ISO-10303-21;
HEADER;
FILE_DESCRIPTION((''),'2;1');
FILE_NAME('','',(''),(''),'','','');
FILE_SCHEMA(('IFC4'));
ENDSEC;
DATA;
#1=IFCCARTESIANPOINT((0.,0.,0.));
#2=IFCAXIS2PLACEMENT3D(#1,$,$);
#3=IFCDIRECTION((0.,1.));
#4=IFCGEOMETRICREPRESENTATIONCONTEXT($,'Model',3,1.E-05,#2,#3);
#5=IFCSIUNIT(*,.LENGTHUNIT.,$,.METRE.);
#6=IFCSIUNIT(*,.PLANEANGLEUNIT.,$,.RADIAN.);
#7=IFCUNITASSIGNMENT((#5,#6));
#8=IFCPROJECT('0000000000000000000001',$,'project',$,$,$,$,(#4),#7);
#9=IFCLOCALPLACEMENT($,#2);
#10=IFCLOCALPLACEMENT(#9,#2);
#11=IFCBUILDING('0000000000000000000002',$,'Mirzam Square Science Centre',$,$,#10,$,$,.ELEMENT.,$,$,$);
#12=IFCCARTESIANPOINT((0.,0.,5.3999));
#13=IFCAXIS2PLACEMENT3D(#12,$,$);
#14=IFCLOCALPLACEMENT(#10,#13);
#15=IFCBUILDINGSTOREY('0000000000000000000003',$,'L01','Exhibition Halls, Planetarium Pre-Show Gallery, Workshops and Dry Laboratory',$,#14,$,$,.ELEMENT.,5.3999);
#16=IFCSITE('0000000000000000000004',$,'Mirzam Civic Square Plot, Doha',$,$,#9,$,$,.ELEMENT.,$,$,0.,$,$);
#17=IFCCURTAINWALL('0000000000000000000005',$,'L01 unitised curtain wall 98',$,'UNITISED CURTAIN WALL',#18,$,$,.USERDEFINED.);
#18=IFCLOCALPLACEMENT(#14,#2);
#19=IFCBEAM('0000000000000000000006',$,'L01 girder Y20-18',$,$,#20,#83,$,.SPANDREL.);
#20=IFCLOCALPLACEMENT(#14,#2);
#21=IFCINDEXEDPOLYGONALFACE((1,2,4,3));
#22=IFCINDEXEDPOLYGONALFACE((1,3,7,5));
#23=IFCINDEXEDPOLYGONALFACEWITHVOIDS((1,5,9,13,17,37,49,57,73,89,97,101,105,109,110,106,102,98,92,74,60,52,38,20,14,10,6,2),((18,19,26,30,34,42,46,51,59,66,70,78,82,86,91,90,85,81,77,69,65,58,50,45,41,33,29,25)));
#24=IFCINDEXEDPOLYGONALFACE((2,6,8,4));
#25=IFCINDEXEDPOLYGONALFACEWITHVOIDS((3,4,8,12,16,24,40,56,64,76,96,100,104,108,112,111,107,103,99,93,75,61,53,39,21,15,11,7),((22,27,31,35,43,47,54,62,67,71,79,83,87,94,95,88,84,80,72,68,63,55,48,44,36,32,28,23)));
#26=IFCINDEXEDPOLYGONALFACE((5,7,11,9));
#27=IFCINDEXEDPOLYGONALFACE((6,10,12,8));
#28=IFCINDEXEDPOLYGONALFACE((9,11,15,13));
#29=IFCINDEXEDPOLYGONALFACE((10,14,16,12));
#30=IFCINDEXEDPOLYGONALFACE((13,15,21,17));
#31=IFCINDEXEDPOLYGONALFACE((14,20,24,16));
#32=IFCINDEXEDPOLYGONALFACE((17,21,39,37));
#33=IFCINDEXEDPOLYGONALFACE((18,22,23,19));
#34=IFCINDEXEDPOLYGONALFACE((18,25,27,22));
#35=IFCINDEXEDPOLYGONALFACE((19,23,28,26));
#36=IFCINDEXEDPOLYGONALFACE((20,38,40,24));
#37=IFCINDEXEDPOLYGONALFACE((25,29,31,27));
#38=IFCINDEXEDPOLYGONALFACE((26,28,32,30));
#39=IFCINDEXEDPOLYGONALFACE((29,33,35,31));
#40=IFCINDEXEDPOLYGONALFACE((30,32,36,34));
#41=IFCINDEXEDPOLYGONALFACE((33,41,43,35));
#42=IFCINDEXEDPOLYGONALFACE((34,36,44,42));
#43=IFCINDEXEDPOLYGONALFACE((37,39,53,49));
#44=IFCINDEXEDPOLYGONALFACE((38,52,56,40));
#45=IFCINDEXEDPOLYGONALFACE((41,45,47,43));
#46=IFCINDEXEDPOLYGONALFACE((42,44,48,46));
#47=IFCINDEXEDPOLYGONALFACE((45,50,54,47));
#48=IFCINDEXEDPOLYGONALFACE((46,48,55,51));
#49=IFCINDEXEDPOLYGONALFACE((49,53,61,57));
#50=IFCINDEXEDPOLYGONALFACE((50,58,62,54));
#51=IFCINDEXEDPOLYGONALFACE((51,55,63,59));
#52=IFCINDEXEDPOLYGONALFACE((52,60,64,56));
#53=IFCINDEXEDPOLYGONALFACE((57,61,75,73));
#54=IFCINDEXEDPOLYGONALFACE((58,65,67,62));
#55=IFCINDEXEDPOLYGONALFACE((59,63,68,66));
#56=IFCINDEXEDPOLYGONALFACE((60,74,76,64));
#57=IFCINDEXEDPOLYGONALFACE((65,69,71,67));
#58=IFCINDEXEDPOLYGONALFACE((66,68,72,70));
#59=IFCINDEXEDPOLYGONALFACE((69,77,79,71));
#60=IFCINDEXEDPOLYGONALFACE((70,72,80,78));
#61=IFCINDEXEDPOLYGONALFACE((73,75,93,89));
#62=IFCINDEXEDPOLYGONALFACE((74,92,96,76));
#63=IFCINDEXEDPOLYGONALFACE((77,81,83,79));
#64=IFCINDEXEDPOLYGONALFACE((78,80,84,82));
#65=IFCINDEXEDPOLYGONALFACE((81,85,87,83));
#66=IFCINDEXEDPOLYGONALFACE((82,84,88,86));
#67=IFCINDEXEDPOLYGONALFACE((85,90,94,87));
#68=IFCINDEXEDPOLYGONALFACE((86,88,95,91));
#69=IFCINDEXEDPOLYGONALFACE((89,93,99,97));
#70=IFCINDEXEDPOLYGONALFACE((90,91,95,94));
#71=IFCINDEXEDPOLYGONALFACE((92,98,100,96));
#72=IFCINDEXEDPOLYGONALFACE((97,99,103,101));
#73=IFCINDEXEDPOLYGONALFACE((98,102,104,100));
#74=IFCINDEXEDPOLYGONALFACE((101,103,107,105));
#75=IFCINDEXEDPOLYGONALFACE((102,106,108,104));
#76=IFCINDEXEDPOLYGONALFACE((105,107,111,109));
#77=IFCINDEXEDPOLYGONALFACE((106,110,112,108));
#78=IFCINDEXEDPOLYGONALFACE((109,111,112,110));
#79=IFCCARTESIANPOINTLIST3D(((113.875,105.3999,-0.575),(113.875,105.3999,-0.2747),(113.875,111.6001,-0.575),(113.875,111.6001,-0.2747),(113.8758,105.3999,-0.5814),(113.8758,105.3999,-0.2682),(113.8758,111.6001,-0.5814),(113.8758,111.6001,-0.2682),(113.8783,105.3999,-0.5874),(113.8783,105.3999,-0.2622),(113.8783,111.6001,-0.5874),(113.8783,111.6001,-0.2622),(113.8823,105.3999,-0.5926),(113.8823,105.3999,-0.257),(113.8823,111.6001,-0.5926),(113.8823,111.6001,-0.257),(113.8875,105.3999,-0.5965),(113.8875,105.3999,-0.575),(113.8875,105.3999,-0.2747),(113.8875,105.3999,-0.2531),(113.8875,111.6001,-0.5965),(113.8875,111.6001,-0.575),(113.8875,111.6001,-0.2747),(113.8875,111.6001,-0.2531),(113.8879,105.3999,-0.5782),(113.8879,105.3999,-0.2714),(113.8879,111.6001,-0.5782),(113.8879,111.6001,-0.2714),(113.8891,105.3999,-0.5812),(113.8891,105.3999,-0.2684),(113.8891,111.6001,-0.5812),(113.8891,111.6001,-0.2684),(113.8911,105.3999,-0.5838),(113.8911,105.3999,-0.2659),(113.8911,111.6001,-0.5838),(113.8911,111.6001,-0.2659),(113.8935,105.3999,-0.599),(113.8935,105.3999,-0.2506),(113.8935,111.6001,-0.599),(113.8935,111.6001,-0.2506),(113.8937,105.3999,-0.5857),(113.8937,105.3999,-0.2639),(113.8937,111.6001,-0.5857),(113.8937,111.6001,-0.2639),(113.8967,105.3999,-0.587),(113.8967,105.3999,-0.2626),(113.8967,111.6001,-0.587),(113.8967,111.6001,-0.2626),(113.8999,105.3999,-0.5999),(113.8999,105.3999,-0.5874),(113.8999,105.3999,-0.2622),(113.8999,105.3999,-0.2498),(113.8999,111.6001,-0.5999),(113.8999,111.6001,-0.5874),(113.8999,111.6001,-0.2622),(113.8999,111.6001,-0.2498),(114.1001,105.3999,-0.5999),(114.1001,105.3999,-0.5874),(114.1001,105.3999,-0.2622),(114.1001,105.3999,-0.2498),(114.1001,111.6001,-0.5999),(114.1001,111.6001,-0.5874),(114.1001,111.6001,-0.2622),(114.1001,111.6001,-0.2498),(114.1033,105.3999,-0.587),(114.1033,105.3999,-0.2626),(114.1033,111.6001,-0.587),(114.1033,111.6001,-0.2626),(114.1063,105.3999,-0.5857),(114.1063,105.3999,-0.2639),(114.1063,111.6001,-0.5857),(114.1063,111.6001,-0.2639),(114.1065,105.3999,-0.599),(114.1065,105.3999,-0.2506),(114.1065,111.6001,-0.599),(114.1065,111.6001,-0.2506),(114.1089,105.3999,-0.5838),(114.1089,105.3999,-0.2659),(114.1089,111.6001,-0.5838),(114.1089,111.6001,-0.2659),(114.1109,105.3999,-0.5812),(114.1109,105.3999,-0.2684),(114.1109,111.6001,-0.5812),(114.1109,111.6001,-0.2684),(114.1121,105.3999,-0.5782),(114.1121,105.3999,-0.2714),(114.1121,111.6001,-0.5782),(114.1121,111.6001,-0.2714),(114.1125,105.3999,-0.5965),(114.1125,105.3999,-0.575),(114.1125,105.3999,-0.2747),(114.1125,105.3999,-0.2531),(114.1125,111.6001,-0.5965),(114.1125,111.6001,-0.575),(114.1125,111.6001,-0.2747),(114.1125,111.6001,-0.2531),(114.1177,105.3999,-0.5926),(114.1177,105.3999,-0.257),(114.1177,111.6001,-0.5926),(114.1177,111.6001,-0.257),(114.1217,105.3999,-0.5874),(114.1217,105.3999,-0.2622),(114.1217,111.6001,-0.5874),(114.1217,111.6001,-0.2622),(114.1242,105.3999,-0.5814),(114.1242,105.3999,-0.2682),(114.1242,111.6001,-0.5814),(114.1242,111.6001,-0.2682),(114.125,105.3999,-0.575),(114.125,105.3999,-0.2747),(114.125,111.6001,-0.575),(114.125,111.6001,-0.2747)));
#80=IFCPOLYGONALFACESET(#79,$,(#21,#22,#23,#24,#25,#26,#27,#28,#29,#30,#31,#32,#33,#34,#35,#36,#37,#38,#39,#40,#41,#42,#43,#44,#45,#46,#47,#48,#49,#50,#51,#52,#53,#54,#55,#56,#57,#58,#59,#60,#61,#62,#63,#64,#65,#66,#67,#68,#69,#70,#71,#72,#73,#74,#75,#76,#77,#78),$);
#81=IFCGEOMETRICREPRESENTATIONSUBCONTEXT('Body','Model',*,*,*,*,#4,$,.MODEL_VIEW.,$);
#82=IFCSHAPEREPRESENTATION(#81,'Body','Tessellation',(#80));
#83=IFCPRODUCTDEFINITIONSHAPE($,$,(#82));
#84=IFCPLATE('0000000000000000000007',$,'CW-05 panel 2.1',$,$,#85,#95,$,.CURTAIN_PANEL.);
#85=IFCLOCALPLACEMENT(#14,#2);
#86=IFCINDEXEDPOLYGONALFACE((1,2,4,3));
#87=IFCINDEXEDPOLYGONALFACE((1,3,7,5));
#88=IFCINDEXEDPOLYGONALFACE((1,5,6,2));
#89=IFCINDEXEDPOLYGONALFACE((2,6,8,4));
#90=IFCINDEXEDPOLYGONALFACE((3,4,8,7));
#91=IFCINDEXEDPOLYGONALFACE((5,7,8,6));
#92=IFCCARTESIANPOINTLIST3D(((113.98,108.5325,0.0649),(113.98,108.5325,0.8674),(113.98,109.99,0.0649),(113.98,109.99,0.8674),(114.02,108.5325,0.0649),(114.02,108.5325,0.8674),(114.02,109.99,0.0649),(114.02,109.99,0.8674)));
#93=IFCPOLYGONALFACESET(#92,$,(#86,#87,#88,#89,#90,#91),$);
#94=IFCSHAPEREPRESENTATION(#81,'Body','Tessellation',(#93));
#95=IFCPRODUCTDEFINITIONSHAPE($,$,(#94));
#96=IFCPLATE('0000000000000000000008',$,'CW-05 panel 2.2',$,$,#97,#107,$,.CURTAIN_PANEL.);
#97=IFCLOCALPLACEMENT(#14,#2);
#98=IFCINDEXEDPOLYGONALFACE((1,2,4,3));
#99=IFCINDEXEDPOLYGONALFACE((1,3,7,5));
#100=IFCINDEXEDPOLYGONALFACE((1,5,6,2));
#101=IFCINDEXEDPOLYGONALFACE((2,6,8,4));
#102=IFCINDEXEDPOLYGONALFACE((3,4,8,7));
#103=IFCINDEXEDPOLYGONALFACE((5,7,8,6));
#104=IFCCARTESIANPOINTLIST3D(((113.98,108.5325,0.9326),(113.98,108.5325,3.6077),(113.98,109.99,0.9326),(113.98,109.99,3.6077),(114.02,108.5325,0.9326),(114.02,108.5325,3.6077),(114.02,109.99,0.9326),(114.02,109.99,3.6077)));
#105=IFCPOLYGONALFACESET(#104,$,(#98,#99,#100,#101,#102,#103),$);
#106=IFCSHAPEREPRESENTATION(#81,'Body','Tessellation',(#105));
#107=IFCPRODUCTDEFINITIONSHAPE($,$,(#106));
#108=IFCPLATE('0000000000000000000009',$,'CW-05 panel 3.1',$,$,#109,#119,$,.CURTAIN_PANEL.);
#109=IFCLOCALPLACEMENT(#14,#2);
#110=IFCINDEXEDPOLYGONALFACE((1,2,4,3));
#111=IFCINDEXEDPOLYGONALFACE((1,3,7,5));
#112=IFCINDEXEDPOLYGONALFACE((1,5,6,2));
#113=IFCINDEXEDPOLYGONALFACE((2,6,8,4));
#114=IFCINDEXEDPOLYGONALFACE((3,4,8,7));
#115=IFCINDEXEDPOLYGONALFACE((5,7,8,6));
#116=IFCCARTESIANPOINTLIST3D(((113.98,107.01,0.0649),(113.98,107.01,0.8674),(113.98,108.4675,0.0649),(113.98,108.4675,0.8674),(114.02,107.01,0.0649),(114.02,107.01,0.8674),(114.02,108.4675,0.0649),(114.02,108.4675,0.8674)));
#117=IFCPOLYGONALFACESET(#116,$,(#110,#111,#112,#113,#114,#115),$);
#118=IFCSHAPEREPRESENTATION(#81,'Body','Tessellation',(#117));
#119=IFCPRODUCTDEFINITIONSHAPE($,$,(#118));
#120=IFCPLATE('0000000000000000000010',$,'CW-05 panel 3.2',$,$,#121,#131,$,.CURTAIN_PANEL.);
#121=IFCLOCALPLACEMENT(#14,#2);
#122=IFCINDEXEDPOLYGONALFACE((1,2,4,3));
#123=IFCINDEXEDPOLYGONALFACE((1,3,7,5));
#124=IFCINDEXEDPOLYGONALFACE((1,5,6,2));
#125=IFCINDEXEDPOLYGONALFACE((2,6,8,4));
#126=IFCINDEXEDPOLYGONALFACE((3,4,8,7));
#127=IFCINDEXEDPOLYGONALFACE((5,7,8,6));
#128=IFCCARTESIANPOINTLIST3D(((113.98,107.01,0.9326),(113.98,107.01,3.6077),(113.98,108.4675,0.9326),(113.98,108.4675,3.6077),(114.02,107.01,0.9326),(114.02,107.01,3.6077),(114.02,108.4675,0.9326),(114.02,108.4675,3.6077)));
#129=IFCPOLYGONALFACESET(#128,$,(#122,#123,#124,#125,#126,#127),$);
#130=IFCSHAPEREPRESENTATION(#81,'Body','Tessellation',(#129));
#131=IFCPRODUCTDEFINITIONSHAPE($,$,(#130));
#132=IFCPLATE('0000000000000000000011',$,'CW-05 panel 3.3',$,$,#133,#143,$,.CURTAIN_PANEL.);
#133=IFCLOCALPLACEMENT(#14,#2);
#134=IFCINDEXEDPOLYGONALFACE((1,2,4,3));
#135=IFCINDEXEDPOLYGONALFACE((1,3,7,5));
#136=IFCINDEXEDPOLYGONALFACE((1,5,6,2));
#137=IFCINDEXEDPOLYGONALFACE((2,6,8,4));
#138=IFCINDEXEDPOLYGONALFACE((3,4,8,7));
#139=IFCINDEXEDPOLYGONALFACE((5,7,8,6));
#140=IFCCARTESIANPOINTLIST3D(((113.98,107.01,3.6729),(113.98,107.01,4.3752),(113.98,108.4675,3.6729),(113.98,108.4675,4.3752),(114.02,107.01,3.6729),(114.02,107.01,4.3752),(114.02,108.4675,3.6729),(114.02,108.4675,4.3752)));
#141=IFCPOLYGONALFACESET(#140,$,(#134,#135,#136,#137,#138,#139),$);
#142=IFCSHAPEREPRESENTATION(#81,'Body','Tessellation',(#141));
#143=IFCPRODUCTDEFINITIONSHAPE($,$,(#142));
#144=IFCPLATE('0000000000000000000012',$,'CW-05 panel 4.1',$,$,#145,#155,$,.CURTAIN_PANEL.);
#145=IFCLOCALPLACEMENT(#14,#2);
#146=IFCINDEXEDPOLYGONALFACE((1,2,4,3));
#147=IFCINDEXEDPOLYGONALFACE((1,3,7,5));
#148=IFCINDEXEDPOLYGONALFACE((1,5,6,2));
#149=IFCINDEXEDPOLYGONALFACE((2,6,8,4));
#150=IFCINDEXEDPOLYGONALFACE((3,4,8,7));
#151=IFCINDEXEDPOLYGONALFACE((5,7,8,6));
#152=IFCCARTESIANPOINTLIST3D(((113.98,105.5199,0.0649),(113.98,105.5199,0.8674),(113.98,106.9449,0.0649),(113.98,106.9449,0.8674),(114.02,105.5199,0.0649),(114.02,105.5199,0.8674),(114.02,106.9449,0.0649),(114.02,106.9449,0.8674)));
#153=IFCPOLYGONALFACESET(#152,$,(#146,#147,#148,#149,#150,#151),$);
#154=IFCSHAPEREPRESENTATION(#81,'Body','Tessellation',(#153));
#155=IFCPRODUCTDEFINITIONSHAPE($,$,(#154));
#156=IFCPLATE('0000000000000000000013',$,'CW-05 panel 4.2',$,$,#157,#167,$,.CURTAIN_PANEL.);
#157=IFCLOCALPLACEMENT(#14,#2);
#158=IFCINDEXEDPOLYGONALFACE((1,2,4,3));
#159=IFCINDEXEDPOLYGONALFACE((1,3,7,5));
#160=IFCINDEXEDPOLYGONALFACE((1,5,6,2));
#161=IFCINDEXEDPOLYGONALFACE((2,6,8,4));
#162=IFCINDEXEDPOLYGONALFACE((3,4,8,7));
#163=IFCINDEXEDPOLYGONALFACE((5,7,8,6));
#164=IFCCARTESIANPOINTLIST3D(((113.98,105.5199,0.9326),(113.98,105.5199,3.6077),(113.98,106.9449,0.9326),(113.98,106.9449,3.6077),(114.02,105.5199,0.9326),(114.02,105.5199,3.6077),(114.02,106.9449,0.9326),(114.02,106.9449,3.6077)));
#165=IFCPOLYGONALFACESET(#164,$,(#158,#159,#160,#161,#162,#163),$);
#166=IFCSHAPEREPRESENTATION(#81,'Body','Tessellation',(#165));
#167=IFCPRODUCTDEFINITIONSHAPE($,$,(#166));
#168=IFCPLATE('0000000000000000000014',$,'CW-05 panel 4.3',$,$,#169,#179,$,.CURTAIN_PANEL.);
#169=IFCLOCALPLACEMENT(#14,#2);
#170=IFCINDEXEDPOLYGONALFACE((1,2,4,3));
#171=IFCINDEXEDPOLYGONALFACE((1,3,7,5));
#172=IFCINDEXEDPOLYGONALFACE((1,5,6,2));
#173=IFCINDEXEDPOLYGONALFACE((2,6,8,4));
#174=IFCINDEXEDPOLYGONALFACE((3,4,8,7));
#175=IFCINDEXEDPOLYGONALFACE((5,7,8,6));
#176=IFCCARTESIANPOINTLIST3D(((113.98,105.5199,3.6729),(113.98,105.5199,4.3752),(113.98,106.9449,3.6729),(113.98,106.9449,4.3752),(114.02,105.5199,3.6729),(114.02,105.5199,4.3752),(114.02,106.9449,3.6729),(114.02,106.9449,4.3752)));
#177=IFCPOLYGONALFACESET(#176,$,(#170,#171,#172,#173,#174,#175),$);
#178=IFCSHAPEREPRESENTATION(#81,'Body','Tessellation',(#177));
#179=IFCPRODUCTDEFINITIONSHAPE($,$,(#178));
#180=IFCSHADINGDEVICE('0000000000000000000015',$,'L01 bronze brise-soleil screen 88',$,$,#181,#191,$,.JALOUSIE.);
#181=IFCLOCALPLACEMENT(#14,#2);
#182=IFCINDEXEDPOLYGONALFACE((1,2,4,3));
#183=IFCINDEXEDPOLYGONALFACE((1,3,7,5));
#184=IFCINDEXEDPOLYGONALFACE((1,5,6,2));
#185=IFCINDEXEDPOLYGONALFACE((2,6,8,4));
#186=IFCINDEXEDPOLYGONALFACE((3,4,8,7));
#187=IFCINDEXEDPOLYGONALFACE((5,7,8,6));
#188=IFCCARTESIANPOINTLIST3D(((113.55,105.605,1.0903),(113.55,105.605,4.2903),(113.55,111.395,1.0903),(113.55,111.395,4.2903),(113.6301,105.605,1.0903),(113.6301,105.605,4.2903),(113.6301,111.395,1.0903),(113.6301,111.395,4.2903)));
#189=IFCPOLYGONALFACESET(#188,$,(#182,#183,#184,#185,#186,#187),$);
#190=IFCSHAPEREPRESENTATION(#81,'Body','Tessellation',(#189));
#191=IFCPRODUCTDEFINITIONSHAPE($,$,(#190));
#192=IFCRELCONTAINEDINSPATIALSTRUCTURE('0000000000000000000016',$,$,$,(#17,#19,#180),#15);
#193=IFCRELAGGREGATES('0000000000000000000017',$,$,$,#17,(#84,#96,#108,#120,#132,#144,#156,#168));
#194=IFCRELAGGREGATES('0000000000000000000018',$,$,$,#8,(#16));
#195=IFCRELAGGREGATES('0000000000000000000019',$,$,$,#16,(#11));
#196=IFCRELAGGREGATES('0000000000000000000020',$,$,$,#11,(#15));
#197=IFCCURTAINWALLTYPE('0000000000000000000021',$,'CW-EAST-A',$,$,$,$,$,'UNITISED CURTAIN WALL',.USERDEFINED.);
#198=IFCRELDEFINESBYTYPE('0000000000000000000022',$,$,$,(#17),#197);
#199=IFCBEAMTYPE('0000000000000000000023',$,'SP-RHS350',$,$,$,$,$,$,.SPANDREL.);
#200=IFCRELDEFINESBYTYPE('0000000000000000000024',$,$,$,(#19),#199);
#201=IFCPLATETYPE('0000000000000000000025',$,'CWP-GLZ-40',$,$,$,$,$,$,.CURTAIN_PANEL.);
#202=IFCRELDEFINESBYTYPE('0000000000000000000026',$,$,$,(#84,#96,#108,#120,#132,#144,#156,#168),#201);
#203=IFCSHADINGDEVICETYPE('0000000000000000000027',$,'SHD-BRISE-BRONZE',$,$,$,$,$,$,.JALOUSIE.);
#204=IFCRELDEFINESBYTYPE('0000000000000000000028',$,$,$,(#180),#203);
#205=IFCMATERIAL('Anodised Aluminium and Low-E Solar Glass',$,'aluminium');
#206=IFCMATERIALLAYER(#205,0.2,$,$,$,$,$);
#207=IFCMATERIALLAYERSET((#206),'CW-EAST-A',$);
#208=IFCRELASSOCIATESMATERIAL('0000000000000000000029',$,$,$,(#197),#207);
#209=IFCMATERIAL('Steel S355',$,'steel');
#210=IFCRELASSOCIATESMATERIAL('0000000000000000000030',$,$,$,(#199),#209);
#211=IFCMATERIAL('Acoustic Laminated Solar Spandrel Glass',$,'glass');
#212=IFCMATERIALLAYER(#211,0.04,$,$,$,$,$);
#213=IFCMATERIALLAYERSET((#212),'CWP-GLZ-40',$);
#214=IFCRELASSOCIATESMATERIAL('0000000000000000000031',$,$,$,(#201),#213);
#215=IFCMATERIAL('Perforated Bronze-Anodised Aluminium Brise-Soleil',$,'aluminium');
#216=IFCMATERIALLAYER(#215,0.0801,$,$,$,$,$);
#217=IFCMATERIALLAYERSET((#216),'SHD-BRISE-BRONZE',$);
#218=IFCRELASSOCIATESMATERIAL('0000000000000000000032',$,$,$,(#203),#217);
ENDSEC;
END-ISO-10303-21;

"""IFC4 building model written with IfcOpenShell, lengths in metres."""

from ifc_helpers import new_model, si_unit, direction, frame, origin, origin_2d, place, context, subcontext, project, spatial, rectangle, hollow_rectangle, extrude, material, layer, layer_set, material_profile, profile_set, type_object, element, aggregate, save


model = new_model("IFC4")

# Units and contexts
model_context = context("Model", 3, precision=1e-05, world=origin(), true_north=direction((0.0, 1.0)))
body_context = subcontext(model_context, "Body", "Model", "MODEL_VIEW")
ifc_project = project(units=[si_unit("LENGTHUNIT", "METRE"), si_unit("PLANEANGLEUNIT", "RADIAN")], contexts=[model_context])

# Site, building, storey
site_placement = place(None, origin())
site = spatial("IfcSite", under=ifc_project, at=site_placement, Name="Mirzam Civic Square Plot, Doha", CompositionType="ELEMENT", RefElevation=0.0)
building_placement = place(site_placement, origin())
building = spatial("IfcBuilding", under=site, at=building_placement, Name="Mirzam Square Science Centre", CompositionType="ELEMENT")
storey_placement = place(building_placement, frame((0.0, 0.0, 5.3999)))
storey = spatial("IfcBuildingStorey", under=building, at=storey_placement, Name="L01", Description="Exhibition Halls, Planetarium Pre-Show Gallery, Workshops and Dry Laboratory", CompositionType="ELEMENT", Elevation=5.3999)

# Curtain wall
ifc_material_1 = material(Name="Anodised Aluminium and Low-E Solar Glass", Category="aluminium")
ifc_layer_1 = layer(ifc_material_1, 0.2)
ifc_layer_set_1 = layer_set([ifc_layer_1], Name="CW-EAST-A")
curtain_wall_type = type_object("IfcCurtainWallType", Name="CW-EAST-A", ElementType="UNITISED CURTAIN WALL", PredefinedType="USERDEFINED", material=ifc_layer_set_1)
curtain_wall_placement = place(storey_placement, origin())
curtain_wall = element("IfcCurtainWall", 1, at=curtain_wall_placement, inside=storey, type_object=curtain_wall_type, Name="L01 unitised curtain wall 98", ObjectType="UNITISED CURTAIN WALL", PredefinedType="USERDEFINED")

# Beam
ifc_material_2 = material(Name="Steel S355", Category="steel")
ifc_material_profile_1 = material_profile(ifc_material_2, hollow_rectangle(XDim=0.25, YDim=0.3501, WallThickness=0.0125, InnerFilletRadius=0.0125, OuterFilletRadius=0.0249, at=origin_2d()), Name="350x250x12.5RHS")
ifc_profile_set_1 = profile_set([ifc_material_profile_1], Name="Steel S355")
beam_type_1 = type_object("IfcBeamType", Name="SP-RHS350", PredefinedType="SPANDREL", material=ifc_profile_set_1)
beam_1_placement = place(storey_placement, frame((114.0, 105.3999, -0.4248), z_axis=(0.0, 1.0, 0.0), x_axis=(-1.0, 0.0, 0.0)))
element("IfcBeam", 2, at=beam_1_placement, inside=storey, type_object=beam_type_1, Name="L01 girder Y20-18", PredefinedType="SPANDREL", context=body_context, shape_type="SweptSolid", body=[
    extrude(hollow_rectangle(XDim=0.25, YDim=0.3501, WallThickness=0.0125, InnerFilletRadius=0.0125, OuterFilletRadius=0.0249, at=origin_2d()), origin(), (0.0, 0.0, 1.0), 6.2002),
])

# Plates
ifc_material_3 = material(Name="Acoustic Laminated Solar Spandrel Glass", Category="glass")
ifc_layer_2 = layer(ifc_material_3, 0.04)
ifc_layer_set_2 = layer_set([ifc_layer_2], Name="CWP-GLZ-40")
plate_type = type_object("IfcPlateType", Name="CWP-GLZ-40", PredefinedType="CURTAIN_PANEL", material=ifc_layer_set_2)
plate_1_placement = place(storey_placement, frame((114.0, 109.2612, 0.0649), z_axis=(0.0, 0.0, 1.0), x_axis=(0.0, -1.0, 0.0)))
plate_1 = element("IfcPlate", 3, at=plate_1_placement, type_object=plate_type, Name="CW-05 panel 2.1", PredefinedType="CURTAIN_PANEL", context=body_context, shape_type="SweptSolid", body=[
    extrude(rectangle(XDim=1.4575, YDim=0.04, at=origin_2d()), origin(), (0.0, 0.0, 1.0), 0.8025),
])
plate_2_placement = place(storey_placement, frame((114.0, 109.2612, 0.9326), z_axis=(0.0, 0.0, 1.0), x_axis=(0.0, -1.0, 0.0)))
plate_2 = element("IfcPlate", 4, at=plate_2_placement, type_object=plate_type, Name="CW-05 panel 2.2", PredefinedType="CURTAIN_PANEL", context=body_context, shape_type="SweptSolid", body=[
    extrude(rectangle(XDim=1.4575, YDim=0.04, at=origin_2d()), origin(), (0.0, 0.0, 1.0), 2.675),
])
plate_3_placement = place(storey_placement, frame((114.0, 107.7388, 0.0649), z_axis=(0.0, 0.0, 1.0), x_axis=(0.0, -1.0, 0.0)))
plate_3 = element("IfcPlate", 5, at=plate_3_placement, type_object=plate_type, Name="CW-05 panel 3.1", PredefinedType="CURTAIN_PANEL", context=body_context, shape_type="SweptSolid", body=[
    extrude(rectangle(XDim=1.4575, YDim=0.04, at=origin_2d()), origin(), (0.0, 0.0, 1.0), 0.8025),
])
plate_4_placement = place(storey_placement, frame((114.0, 107.7388, 0.9326), z_axis=(0.0, 0.0, 1.0), x_axis=(0.0, -1.0, 0.0)))
plate_4 = element("IfcPlate", 6, at=plate_4_placement, type_object=plate_type, Name="CW-05 panel 3.2", PredefinedType="CURTAIN_PANEL", context=body_context, shape_type="SweptSolid", body=[
    extrude(rectangle(XDim=1.4575, YDim=0.04, at=origin_2d()), origin(), (0.0, 0.0, 1.0), 2.675),
])
plate_5_placement = place(storey_placement, frame((114.0, 107.7388, 3.6729), z_axis=(0.0, 0.0, 1.0), x_axis=(0.0, -1.0, 0.0)))
plate_5 = element("IfcPlate", 7, at=plate_5_placement, type_object=plate_type, Name="CW-05 panel 3.3", PredefinedType="CURTAIN_PANEL", context=body_context, shape_type="SweptSolid", body=[
    extrude(rectangle(XDim=1.4575, YDim=0.04, at=origin_2d()), origin(), (0.0, 0.0, 1.0), 0.7024),
])
plate_6_placement = place(storey_placement, frame((114.0, 106.2324, 0.0649), z_axis=(0.0, 0.0, 1.0), x_axis=(0.0, -1.0, 0.0)))
plate_6 = element("IfcPlate", 8, at=plate_6_placement, type_object=plate_type, Name="CW-05 panel 4.1", PredefinedType="CURTAIN_PANEL", context=body_context, shape_type="SweptSolid", body=[
    extrude(rectangle(XDim=1.425, YDim=0.04, at=origin_2d()), origin(), (0.0, 0.0, 1.0), 0.8025),
])
plate_7_placement = place(storey_placement, frame((114.0, 106.2324, 0.9326), z_axis=(0.0, 0.0, 1.0), x_axis=(0.0, -1.0, 0.0)))
plate_7 = element("IfcPlate", 9, at=plate_7_placement, type_object=plate_type, Name="CW-05 panel 4.2", PredefinedType="CURTAIN_PANEL", context=body_context, shape_type="SweptSolid", body=[
    extrude(rectangle(XDim=1.425, YDim=0.04, at=origin_2d()), origin(), (0.0, 0.0, 1.0), 2.675),
])
plate_8_placement = place(storey_placement, frame((114.0, 106.2324, 3.6729), z_axis=(0.0, 0.0, 1.0), x_axis=(0.0, -1.0, 0.0)))
plate_8 = element("IfcPlate", 10, at=plate_8_placement, type_object=plate_type, Name="CW-05 panel 4.3", PredefinedType="CURTAIN_PANEL", context=body_context, shape_type="SweptSolid", body=[
    extrude(rectangle(XDim=1.425, YDim=0.04, at=origin_2d()), origin(), (0.0, 0.0, 1.0), 0.7024),
])
aggregate(curtain_wall, [plate_1, plate_2, plate_3, plate_4, plate_5, plate_6, plate_7, plate_8])

# Shading device
ifc_material_4 = material(Name="Perforated Bronze-Anodised Aluminium Brise-Soleil", Category="aluminium")
ifc_layer_3 = layer(ifc_material_4, 0.0801)
ifc_layer_set_3 = layer_set([ifc_layer_3], Name="SHD-BRISE-BRONZE")
shading_device_type = type_object("IfcShadingDeviceType", Name="SHD-BRISE-BRONZE", PredefinedType="JALOUSIE", material=ifc_layer_set_3)
shading_device_placement = place(storey_placement, frame((113.5901, 108.5, 1.0903), z_axis=(0.0, 0.0, 1.0), x_axis=(0.0, -1.0, 0.0)))
element("IfcShadingDevice", 11, at=shading_device_placement, inside=storey, type_object=shading_device_type, Name="L01 bronze brise-soleil screen 88", PredefinedType="JALOUSIE", context=body_context, shape_type="SweptSolid", body=[
    extrude(rectangle(XDim=5.79, YDim=0.0801, at=origin_2d()), origin(), (0.0, 0.0, 1.0), 3.2),
])

save(model, "model.ifc")
